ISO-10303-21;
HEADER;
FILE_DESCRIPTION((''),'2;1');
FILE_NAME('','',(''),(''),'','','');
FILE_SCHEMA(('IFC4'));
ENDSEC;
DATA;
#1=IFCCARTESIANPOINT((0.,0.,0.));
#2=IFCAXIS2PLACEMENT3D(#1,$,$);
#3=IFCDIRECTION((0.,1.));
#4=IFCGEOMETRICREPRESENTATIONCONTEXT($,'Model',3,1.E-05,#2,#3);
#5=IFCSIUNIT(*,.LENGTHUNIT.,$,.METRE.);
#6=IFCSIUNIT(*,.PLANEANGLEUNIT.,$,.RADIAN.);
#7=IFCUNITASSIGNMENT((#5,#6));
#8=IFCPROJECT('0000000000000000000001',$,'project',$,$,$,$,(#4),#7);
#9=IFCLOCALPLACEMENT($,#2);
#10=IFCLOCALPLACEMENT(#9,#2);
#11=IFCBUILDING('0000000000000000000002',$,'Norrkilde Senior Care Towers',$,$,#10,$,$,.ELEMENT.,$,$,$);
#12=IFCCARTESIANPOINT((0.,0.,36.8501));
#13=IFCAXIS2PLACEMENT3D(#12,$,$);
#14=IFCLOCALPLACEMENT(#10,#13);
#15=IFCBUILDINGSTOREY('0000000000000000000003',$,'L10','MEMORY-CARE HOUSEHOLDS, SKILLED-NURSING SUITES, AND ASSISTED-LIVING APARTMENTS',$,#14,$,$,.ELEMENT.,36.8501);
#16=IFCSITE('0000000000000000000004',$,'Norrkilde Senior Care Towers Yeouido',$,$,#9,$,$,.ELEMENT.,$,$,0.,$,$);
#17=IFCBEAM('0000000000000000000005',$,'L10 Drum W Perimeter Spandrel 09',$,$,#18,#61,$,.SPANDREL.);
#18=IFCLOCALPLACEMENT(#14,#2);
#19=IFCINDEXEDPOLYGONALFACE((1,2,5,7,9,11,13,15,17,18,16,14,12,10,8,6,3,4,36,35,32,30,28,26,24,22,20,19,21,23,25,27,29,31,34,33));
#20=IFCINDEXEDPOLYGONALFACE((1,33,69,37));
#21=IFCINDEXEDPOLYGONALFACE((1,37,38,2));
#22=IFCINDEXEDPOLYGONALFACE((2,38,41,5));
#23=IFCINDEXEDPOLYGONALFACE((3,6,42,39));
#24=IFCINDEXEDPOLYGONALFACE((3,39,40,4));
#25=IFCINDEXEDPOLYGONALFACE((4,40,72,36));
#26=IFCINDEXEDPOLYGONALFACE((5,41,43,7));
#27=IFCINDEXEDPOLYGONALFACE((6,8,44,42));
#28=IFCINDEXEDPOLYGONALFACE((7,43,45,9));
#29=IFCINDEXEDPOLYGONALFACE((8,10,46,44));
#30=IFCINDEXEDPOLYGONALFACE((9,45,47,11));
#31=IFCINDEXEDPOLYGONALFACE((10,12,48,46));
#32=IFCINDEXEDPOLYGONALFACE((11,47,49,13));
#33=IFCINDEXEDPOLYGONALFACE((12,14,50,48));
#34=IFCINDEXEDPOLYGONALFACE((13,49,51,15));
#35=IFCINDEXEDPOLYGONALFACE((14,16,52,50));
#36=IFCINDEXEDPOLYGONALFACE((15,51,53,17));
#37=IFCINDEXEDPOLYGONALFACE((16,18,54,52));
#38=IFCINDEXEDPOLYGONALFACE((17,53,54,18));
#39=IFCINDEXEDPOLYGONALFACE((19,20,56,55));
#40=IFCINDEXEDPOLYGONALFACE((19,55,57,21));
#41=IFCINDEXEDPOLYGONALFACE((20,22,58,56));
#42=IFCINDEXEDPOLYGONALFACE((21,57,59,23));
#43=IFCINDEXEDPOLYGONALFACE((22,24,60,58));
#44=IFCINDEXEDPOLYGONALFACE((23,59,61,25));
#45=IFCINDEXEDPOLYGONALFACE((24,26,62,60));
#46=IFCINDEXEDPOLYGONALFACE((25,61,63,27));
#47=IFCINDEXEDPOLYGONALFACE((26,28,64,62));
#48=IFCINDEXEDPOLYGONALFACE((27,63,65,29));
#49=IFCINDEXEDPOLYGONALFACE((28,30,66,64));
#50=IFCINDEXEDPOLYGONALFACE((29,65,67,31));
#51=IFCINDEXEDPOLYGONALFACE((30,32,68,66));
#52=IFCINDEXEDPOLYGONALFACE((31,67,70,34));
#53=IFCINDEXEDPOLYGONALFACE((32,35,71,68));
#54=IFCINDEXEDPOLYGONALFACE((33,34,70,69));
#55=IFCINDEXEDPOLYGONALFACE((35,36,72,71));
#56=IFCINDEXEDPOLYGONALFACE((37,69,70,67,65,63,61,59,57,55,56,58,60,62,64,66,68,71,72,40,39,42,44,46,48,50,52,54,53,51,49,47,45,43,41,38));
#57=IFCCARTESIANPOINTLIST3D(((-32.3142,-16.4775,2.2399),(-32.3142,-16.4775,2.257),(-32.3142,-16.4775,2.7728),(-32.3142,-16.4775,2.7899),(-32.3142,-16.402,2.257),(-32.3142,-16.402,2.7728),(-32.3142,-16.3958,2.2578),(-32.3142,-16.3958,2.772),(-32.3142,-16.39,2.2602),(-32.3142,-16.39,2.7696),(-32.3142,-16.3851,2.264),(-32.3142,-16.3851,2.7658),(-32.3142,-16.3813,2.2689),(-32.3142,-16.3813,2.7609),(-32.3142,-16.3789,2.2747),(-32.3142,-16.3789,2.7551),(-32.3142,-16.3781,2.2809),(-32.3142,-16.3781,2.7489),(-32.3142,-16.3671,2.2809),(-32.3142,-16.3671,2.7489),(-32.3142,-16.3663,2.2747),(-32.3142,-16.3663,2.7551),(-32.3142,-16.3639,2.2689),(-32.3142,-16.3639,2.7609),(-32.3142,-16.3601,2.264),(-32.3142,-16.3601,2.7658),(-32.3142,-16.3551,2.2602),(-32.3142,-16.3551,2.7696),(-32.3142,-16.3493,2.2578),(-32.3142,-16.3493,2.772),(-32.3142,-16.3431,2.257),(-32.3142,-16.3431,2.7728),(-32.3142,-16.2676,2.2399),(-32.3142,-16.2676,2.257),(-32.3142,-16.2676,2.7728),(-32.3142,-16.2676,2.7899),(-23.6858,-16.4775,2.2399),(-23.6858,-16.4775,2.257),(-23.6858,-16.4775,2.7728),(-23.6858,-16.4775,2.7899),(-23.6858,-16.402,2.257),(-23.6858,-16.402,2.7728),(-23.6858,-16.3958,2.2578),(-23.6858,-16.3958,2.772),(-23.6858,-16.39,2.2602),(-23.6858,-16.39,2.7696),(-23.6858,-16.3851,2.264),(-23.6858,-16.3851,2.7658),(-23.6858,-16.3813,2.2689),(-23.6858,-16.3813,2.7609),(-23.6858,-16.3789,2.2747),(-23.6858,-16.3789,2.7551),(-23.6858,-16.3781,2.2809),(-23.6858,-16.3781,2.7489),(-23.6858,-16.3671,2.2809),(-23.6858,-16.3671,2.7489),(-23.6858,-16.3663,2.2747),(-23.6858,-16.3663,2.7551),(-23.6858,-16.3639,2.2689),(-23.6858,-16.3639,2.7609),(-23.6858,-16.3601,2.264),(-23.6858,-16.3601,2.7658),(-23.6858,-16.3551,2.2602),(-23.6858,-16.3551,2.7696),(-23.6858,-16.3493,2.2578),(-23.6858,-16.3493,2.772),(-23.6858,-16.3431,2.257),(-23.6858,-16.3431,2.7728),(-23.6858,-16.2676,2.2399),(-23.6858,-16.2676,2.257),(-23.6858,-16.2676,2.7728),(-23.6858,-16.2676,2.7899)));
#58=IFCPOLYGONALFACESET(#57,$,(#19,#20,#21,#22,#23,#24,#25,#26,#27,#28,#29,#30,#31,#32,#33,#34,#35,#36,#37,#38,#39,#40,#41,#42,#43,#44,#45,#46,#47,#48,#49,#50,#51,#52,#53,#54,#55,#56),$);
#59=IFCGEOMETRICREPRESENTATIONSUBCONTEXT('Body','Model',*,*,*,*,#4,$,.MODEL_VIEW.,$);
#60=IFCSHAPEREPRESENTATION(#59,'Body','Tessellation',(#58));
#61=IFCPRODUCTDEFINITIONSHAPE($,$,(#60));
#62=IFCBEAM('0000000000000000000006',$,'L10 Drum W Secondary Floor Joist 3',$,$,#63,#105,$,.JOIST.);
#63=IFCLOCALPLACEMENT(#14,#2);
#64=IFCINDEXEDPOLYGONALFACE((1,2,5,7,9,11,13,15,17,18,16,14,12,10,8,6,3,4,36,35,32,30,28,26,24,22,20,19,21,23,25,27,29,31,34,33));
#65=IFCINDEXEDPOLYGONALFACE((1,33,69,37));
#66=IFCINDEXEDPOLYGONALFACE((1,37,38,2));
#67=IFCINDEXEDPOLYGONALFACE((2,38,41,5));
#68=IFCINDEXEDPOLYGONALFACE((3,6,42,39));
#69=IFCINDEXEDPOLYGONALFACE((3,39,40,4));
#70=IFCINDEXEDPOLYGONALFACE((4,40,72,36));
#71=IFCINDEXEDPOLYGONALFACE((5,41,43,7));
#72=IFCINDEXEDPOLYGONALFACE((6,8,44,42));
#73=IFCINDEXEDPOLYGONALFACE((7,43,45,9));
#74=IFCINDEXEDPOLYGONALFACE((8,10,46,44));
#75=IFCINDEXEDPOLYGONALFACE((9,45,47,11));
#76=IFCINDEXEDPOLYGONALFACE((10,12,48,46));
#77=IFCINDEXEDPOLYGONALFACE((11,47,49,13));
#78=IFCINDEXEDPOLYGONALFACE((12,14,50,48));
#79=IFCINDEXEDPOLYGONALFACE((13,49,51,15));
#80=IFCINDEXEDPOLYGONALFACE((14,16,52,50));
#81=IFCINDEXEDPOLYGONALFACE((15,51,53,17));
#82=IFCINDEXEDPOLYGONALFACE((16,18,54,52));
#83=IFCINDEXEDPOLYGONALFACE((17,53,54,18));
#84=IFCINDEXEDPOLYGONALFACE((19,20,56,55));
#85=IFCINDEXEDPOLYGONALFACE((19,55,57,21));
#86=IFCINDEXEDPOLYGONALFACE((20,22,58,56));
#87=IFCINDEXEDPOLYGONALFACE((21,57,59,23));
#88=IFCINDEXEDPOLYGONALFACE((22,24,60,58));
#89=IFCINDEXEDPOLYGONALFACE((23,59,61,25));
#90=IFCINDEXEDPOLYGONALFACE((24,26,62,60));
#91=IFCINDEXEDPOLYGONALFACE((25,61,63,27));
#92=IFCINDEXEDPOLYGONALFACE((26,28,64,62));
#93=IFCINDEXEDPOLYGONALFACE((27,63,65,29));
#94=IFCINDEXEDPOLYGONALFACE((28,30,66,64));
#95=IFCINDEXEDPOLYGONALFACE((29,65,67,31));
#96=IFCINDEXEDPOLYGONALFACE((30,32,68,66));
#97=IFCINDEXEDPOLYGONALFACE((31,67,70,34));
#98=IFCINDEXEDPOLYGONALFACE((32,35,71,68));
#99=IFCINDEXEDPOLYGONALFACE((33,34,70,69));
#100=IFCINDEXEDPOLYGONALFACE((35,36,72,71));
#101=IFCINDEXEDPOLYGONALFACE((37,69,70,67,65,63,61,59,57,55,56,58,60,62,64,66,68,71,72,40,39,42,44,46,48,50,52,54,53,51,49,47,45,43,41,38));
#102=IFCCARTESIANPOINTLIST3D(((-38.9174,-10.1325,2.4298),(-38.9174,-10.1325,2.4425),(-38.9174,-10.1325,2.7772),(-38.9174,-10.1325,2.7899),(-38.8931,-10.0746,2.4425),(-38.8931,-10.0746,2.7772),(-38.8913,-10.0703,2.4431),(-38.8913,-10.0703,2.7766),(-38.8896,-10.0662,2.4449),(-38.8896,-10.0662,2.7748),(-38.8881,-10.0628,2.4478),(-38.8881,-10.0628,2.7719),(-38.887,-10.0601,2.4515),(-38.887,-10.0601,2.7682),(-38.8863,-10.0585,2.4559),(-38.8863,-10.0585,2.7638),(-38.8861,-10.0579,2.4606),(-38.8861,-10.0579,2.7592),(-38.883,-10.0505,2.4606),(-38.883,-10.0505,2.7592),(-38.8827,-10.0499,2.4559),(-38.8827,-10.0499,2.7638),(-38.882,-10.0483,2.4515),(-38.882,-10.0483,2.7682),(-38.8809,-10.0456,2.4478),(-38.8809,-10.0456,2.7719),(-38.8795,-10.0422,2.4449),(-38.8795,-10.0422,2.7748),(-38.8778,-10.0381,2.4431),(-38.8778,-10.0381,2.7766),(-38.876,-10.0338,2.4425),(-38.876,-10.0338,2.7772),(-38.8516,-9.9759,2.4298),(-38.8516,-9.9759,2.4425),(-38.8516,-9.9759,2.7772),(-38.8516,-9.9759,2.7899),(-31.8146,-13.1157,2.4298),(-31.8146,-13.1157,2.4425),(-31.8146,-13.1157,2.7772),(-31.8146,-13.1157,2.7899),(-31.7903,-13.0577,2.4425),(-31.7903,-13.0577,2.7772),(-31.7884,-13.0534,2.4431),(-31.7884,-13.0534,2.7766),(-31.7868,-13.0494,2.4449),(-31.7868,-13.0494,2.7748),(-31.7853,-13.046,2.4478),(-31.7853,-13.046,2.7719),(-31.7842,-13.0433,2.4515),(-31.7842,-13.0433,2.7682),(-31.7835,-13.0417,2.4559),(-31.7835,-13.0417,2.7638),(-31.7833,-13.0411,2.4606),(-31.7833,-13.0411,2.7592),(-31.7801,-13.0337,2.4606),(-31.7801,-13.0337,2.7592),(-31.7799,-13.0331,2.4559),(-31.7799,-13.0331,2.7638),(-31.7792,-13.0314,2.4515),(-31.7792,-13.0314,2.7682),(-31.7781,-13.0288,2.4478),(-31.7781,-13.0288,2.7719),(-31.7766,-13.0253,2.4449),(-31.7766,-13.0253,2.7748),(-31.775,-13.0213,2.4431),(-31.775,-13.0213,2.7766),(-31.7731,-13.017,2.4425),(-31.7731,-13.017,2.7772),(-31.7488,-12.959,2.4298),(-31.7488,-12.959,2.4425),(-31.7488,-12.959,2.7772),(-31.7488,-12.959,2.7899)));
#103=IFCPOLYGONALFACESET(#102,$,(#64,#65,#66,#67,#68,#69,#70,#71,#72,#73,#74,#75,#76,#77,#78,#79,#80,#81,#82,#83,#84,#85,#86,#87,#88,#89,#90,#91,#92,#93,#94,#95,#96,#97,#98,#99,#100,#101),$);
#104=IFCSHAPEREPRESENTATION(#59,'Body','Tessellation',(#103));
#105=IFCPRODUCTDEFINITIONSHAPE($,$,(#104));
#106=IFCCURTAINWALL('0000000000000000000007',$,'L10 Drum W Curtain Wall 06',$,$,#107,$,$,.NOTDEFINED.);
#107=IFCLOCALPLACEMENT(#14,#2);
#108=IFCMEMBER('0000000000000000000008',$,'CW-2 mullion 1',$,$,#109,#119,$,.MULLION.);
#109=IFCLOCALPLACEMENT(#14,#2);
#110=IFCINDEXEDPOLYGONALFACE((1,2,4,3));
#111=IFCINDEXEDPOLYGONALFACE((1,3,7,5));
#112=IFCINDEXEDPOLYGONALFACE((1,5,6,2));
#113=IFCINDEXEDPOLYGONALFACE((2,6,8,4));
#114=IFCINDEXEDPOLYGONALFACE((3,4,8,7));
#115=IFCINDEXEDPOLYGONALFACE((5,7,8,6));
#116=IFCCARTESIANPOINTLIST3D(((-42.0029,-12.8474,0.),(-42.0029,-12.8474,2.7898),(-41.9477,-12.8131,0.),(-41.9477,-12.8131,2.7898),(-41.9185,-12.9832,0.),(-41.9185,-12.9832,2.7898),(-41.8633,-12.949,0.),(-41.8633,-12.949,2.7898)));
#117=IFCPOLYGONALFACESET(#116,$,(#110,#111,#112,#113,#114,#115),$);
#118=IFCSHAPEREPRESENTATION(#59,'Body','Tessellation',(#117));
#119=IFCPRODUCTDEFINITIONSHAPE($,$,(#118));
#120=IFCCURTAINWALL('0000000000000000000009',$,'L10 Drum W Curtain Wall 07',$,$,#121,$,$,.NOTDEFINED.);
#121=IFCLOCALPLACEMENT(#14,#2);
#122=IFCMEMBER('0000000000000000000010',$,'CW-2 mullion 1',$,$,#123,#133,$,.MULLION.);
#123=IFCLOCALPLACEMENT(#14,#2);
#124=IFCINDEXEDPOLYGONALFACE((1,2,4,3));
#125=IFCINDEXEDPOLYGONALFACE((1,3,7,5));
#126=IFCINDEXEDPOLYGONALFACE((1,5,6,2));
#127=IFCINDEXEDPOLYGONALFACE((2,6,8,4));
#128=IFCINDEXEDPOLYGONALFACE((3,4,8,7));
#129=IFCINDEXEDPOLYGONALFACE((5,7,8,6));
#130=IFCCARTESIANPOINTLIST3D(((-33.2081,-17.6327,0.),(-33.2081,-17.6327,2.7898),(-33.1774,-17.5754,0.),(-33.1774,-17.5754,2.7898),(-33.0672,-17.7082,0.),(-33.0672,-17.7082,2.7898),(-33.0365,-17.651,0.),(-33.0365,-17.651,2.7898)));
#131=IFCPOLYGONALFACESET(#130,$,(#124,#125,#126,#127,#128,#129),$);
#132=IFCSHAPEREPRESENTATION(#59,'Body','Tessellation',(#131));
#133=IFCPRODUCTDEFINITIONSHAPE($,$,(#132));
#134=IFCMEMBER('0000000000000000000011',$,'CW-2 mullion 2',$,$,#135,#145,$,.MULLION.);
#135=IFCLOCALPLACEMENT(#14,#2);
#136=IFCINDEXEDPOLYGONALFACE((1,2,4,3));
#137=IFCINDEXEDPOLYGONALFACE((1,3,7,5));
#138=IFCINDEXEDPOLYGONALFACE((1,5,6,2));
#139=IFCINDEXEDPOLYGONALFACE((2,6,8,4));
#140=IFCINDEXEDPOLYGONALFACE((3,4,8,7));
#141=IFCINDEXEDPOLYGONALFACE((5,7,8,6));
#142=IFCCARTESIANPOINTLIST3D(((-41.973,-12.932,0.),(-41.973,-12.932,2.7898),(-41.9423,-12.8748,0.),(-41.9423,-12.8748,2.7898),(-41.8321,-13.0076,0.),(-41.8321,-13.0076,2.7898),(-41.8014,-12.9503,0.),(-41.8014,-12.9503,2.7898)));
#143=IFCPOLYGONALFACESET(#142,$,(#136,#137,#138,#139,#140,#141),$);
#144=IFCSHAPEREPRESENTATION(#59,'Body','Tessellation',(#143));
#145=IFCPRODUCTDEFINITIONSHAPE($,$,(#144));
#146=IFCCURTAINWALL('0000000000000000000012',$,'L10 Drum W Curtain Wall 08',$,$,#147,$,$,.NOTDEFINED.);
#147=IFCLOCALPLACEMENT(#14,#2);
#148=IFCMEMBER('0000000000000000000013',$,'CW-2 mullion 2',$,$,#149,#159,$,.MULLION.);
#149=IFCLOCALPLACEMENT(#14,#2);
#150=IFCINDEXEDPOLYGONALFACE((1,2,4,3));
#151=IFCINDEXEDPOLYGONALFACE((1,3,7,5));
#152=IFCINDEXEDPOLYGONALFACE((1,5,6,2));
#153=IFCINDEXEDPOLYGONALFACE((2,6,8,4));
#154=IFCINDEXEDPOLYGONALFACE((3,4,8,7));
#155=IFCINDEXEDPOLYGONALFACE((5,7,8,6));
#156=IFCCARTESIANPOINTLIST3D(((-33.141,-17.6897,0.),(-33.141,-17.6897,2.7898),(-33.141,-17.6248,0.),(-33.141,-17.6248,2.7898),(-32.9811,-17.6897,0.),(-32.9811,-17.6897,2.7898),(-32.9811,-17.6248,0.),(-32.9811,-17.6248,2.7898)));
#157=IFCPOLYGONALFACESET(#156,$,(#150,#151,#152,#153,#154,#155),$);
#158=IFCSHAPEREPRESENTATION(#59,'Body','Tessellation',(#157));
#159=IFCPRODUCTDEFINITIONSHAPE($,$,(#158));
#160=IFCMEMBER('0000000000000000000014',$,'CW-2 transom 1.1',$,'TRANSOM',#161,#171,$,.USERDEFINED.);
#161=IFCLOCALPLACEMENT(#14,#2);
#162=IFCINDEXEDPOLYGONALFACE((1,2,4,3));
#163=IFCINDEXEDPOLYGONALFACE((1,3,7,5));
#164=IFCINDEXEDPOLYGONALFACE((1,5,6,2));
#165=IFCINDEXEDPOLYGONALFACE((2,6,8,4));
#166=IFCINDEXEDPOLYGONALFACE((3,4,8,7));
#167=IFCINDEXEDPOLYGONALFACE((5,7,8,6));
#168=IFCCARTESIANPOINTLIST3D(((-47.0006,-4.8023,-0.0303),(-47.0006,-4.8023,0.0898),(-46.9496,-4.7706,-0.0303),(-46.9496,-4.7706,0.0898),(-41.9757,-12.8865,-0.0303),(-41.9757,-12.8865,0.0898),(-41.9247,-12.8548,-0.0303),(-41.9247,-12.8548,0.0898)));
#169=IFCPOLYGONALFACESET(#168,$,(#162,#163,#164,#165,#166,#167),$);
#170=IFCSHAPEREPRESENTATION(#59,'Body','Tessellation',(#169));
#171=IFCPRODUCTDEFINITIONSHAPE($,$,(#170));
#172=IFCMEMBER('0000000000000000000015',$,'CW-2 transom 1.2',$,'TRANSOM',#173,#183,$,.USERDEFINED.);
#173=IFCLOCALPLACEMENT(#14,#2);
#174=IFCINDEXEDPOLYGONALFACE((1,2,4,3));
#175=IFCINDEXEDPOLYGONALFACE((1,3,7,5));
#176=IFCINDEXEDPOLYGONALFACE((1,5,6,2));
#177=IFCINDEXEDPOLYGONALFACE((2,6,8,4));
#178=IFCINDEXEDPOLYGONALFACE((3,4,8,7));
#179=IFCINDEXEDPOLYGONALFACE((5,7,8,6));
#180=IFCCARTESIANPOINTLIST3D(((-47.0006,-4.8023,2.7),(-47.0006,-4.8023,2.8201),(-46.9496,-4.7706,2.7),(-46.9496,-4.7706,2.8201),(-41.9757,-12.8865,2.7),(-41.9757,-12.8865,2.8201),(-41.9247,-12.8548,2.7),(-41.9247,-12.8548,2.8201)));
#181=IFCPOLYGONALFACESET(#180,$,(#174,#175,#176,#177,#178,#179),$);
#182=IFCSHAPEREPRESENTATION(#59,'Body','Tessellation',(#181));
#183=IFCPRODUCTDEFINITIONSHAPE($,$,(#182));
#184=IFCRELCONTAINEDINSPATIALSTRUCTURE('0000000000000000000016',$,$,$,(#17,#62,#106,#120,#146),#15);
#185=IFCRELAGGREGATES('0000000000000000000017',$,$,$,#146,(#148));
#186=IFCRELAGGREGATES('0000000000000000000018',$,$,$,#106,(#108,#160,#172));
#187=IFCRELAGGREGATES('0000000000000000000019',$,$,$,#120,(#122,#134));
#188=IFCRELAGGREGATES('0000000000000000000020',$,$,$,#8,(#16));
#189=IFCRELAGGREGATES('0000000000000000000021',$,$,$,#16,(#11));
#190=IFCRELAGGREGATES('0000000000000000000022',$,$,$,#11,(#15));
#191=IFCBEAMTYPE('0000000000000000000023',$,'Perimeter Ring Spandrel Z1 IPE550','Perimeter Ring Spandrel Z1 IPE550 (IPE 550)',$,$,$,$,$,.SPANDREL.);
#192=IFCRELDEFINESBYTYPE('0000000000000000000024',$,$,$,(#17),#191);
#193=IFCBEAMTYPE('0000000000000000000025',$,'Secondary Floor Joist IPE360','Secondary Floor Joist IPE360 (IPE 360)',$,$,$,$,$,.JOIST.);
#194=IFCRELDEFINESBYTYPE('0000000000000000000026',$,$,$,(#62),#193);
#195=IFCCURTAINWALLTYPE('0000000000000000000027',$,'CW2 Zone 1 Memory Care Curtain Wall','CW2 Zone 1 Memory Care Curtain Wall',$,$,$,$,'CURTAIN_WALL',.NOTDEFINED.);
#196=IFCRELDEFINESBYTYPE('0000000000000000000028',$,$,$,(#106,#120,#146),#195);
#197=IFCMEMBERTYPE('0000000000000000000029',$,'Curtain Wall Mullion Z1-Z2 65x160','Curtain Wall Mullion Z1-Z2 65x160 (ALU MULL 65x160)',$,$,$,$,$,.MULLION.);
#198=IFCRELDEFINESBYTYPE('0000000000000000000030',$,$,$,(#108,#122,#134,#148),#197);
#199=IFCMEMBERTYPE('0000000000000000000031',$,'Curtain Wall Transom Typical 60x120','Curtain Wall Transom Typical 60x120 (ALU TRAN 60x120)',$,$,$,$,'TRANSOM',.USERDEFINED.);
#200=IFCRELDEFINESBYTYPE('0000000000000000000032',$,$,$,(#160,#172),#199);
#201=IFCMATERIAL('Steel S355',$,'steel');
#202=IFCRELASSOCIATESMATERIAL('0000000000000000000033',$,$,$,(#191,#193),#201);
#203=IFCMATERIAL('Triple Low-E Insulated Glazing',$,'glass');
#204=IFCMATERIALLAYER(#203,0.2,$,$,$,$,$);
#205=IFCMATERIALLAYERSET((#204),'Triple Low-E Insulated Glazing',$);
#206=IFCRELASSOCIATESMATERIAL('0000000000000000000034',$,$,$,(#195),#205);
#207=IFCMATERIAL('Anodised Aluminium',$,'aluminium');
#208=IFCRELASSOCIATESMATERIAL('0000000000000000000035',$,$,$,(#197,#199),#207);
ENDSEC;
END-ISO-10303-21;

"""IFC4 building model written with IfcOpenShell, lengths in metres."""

from ifc_helpers import new_model, si_unit, direction, frame, origin, origin_2d, place, context, subcontext, project, spatial, rectangle, i_section, extrude, source, transform, mapped, material, layer, layer_set, material_profile, profile_set, type_object, type_shapes, element, aggregate, save


model = new_model("IFC4")

# Units and contexts
model_context = context("Model", 3, precision=1e-05, world=origin(), true_north=direction((0.0, 1.0)))
body_context = subcontext(model_context, "Body", "Model", "MODEL_VIEW")
ifc_project = project(units=[si_unit("LENGTHUNIT", "METRE"), si_unit("PLANEANGLEUNIT", "RADIAN")], contexts=[model_context])

# Site, building, storey
site_placement = place(None, origin())
site = spatial("IfcSite", under=ifc_project, at=site_placement, Name="Norrkilde Senior Care Towers Yeouido", CompositionType="ELEMENT", RefElevation=0.0)
building_placement = place(site_placement, origin())
building = spatial("IfcBuilding", under=site, at=building_placement, Name="Norrkilde Senior Care Towers", CompositionType="ELEMENT")
storey_placement = place(building_placement, frame((0.0, 0.0, 36.8501)))
storey = spatial("IfcBuildingStorey", under=building, at=storey_placement, Name="L10", Description="MEMORY-CARE HOUSEHOLDS, SKILLED-NURSING SUITES, AND ASSISTED-LIVING APARTMENTS", CompositionType="ELEMENT", Elevation=36.8501)

# Beams
ifc_material_1 = material(Name="Steel S355", Category="steel")
ifc_material_profile_1 = material_profile(ifc_material_1, i_section(OverallWidth=0.21, OverallDepth=0.55, WebThickness=0.011, FlangeThickness=0.0171, FilletRadius=0.0239, at=origin_2d()), Name="IPE 550")
ifc_profile_set_1 = profile_set([ifc_material_profile_1], Name="Steel S355")
beam_type_1 = type_object("IfcBeamType", Name="Perimeter Ring Spandrel Z1 IPE550", Description="Perimeter Ring Spandrel Z1 IPE550 (IPE 550)", PredefinedType="SPANDREL", material=ifc_profile_set_1)
shared_shape_1 = source(origin(), body_context, "Body", "SweptSolid", [
    extrude(i_section(OverallWidth=0.21, OverallDepth=0.55, WebThickness=0.011, FlangeThickness=0.0171, FilletRadius=0.0239, at=origin_2d()), origin(), (0.0, 0.0, 1.0), 8.6284),
])
beam_1_placement = place(storey_placement, frame((-32.3142, -16.3726, 2.5149), z_axis=(1.0, 0.0, 0.0), x_axis=(0.0, 1.0, 0.0)))
element("IfcBeam", 1, at=beam_1_placement, inside=storey, type_object=beam_type_1, Name="L10 Drum W Perimeter Spandrel 09", PredefinedType="SPANDREL", context=body_context, shape_type="MappedRepresentation", body=[
    mapped(shared_shape_1, transform((0.0, 0.0, 0.0), x_axis=(1.0, 0.0, 0.0), y_axis=(0.0, 1.0, 0.0), z_axis=(0.0, 0.0, 1.0), scale=1.0)),
])
ifc_material_profile_2 = material_profile(ifc_material_1, i_section(OverallWidth=0.1699, OverallDepth=0.3601, WebThickness=0.0081, FlangeThickness=0.0127, FilletRadius=0.0181, at=origin_2d()), Name="IPE 360")
ifc_profile_set_2 = profile_set([ifc_material_profile_2], Name="Steel S355")
beam_type_2 = type_object("IfcBeamType", Name="Secondary Floor Joist IPE360", Description="Secondary Floor Joist IPE360 (IPE 360)", PredefinedType="JOIST", material=ifc_profile_set_2)
shared_shape_2 = source(origin(), body_context, "Body", "SweptSolid", [
    extrude(i_section(OverallWidth=0.1699, OverallDepth=0.3601, WebThickness=0.0081, FlangeThickness=0.0127, FilletRadius=0.0181, at=origin_2d()), origin(), (0.0, 0.0, 1.0), 7.7039),
])
type_shapes(beam_type_2, [shared_shape_2])
beam_2_placement = place(storey_placement, frame((-38.8845, -10.0542, 2.6099), z_axis=(0.921983, -0.387231, 0.0), x_axis=(0.387231, 0.921983, 0.0)))
element("IfcBeam", 2, at=beam_2_placement, inside=storey, type_object=beam_type_2, Name="L10 Drum W Secondary Floor Joist 3", PredefinedType="JOIST", context=body_context, shape_type="MappedRepresentation", body=[
    mapped(shared_shape_2, transform((0.0, 0.0, 0.0), x_axis=(1.0, 0.0, 0.0), y_axis=(0.0, 1.0, 0.0), z_axis=(0.0, 0.0, 1.0), scale=1.0)),
])

# Curtain wall, member
ifc_material_2 = material(Name="Triple Low-E Insulated Glazing", Category="glass")
ifc_layer_1 = layer(ifc_material_2, 0.2)
ifc_layer_set_1 = layer_set([ifc_layer_1], Name="Triple Low-E Insulated Glazing")
curtain_wall_type = type_object("IfcCurtainWallType", Name="CW2 Zone 1 Memory Care Curtain Wall", Description="CW2 Zone 1 Memory Care Curtain Wall", ElementType="CURTAIN_WALL", PredefinedType="NOTDEFINED", material=ifc_layer_set_1)
curtain_wall_1_placement = place(storey_placement, origin())
curtain_wall_1 = element("IfcCurtainWall", 3, at=curtain_wall_1_placement, inside=storey, type_object=curtain_wall_type, Name="L10 Drum W Curtain Wall 06", PredefinedType="NOTDEFINED")
ifc_material_3 = material(Name="Anodised Aluminium", Category="aluminium")
ifc_material_profile_3 = material_profile(ifc_material_3, rectangle(XDim=0.0649, YDim=0.1599, at=origin_2d()), Name="ALU MULL 65x160")
ifc_profile_set_3 = profile_set([ifc_material_profile_3], Name="Anodised Aluminium")
member_type_1 = type_object("IfcMemberType", Name="Curtain Wall Mullion Z1-Z2 65x160", Description="Curtain Wall Mullion Z1-Z2 65x160 (ALU MULL 65x160)", PredefinedType="MULLION", material=ifc_profile_set_3)
shared_shape_3 = source(origin(), body_context, "Body", "SweptSolid", [
    extrude(rectangle(XDim=0.0649, YDim=0.1599, at=origin_2d()), origin(), (0.0, 0.0, 1.0), 2.7898),
])
type_shapes(member_type_1, [shared_shape_3])
member_1_placement = place(storey_placement, frame((-41.9331, -12.8982, 0.0), z_axis=(0.0, 0.0, 1.0), x_axis=(-0.849306, -0.527901, 0.0)))
member_1 = element("IfcMember", 4, at=member_1_placement, type_object=member_type_1, Name="CW-2 mullion 1", PredefinedType="MULLION", context=body_context, shape_type="MappedRepresentation", body=[
    mapped(shared_shape_3, transform((0.0, 0.0, 0.0), x_axis=(1.0, 0.0, 0.0), y_axis=(0.0, 1.0, 0.0), z_axis=(0.0, 0.0, 1.0), scale=1.0)),
])

# Curtain wall, members
curtain_wall_2_placement = place(storey_placement, origin())
curtain_wall_2 = element("IfcCurtainWall", 5, at=curtain_wall_2_placement, inside=storey, type_object=curtain_wall_type, Name="L10 Drum W Curtain Wall 07", PredefinedType="NOTDEFINED")
member_2_placement = place(storey_placement, frame((-33.1223, -17.6418, 0.0), z_axis=(0.0, 0.0, 1.0), x_axis=(-0.472608, -0.881273, 0.0)))
member_2 = element("IfcMember", 6, at=member_2_placement, type_object=member_type_1, Name="CW-2 mullion 1", PredefinedType="MULLION", context=body_context, shape_type="MappedRepresentation", body=[
    mapped(shared_shape_3, transform((0.0, 0.0, 0.0), x_axis=(1.0, 0.0, 0.0), y_axis=(0.0, 1.0, 0.0), z_axis=(0.0, 0.0, 1.0), scale=1.0)),
])
member_3_placement = place(storey_placement, frame((-41.8872, -12.9412, 0.0), z_axis=(0.0, 0.0, 1.0), x_axis=(-0.472608, -0.881273, 0.0)))
member_3 = element("IfcMember", 7, at=member_3_placement, type_object=member_type_1, Name="CW-2 mullion 2", PredefinedType="MULLION", context=body_context, shape_type="MappedRepresentation", body=[
    mapped(shared_shape_3, transform((0.0, 0.0, 0.0), x_axis=(1.0, 0.0, 0.0), y_axis=(0.0, 1.0, 0.0), z_axis=(0.0, 0.0, 1.0), scale=1.0)),
])

# Curtain wall, member
curtain_wall_3_placement = place(storey_placement, origin())
curtain_wall_3 = element("IfcCurtainWall", 8, at=curtain_wall_3_placement, inside=storey, type_object=curtain_wall_type, Name="L10 Drum W Curtain Wall 08", PredefinedType="NOTDEFINED")
member_4_placement = place(storey_placement, frame((-33.061, -17.6572, 0.0), z_axis=(0.0, 0.0, 1.0), x_axis=(0.0, -1.0, 0.0)))
member_4 = element("IfcMember", 9, at=member_4_placement, type_object=member_type_1, Name="CW-2 mullion 2", PredefinedType="MULLION", context=body_context, shape_type="MappedRepresentation", body=[
    mapped(shared_shape_3, transform((0.0, 0.0, 0.0), x_axis=(1.0, 0.0, 0.0), y_axis=(0.0, 1.0, 0.0), z_axis=(0.0, 0.0, 1.0), scale=1.0)),
])
aggregate(curtain_wall_3, [member_4])

# Members
ifc_material_profile_4 = material_profile(ifc_material_3, rectangle(XDim=0.0601, YDim=0.1201, at=origin_2d()), Name="ALU TRAN 60x120")
ifc_profile_set_4 = profile_set([ifc_material_profile_4], Name="Anodised Aluminium")
member_type_2 = type_object("IfcMemberType", Name="Curtain Wall Transom Typical 60x120", Description="Curtain Wall Transom Typical 60x120 (ALU TRAN 60x120)", ElementType="TRANSOM", PredefinedType="USERDEFINED", material=ifc_profile_set_4)
shared_shape_4 = source(origin(), body_context, "Body", "SweptSolid", [
    extrude(rectangle(XDim=0.0601, YDim=0.1201, at=origin_2d()), origin(), (0.0, 0.0, 1.0), 9.5186),
])
member_5_placement = place(storey_placement, frame((-41.9502, -12.8706, 0.0298), z_axis=(-0.527902, 0.849306, 0.0), x_axis=(-0.849306, -0.527902, 0.0)))
member_5 = element("IfcMember", 10, at=member_5_placement, type_object=member_type_2, Name="CW-2 transom 1.1", ObjectType="TRANSOM", PredefinedType="USERDEFINED", context=body_context, shape_type="MappedRepresentation", body=[
    mapped(shared_shape_4, transform((0.0, 0.0, 0.0), x_axis=(1.0, 0.0, 0.0), y_axis=(0.0, 1.0, 0.0), z_axis=(0.0, 0.0, 1.0), scale=1.0)),
])
member_6_placement = place(storey_placement, frame((-41.9502, -12.8706, 2.76), z_axis=(-0.527902, 0.849306, 0.0), x_axis=(-0.849306, -0.527902, 0.0)))
member_6 = element("IfcMember", 11, at=member_6_placement, type_object=member_type_2, Name="CW-2 transom 1.2", ObjectType="TRANSOM", PredefinedType="USERDEFINED", context=body_context, shape_type="MappedRepresentation", body=[
    mapped(shared_shape_4, transform((0.0, 0.0, 0.0), x_axis=(1.0, 0.0, 0.0), y_axis=(0.0, 1.0, 0.0), z_axis=(0.0, 0.0, 1.0), scale=1.0)),
])

aggregate(curtain_wall_1, [member_1, member_5, member_6])
aggregate(curtain_wall_2, [member_2, member_3])

save(model, "model.ifc")
